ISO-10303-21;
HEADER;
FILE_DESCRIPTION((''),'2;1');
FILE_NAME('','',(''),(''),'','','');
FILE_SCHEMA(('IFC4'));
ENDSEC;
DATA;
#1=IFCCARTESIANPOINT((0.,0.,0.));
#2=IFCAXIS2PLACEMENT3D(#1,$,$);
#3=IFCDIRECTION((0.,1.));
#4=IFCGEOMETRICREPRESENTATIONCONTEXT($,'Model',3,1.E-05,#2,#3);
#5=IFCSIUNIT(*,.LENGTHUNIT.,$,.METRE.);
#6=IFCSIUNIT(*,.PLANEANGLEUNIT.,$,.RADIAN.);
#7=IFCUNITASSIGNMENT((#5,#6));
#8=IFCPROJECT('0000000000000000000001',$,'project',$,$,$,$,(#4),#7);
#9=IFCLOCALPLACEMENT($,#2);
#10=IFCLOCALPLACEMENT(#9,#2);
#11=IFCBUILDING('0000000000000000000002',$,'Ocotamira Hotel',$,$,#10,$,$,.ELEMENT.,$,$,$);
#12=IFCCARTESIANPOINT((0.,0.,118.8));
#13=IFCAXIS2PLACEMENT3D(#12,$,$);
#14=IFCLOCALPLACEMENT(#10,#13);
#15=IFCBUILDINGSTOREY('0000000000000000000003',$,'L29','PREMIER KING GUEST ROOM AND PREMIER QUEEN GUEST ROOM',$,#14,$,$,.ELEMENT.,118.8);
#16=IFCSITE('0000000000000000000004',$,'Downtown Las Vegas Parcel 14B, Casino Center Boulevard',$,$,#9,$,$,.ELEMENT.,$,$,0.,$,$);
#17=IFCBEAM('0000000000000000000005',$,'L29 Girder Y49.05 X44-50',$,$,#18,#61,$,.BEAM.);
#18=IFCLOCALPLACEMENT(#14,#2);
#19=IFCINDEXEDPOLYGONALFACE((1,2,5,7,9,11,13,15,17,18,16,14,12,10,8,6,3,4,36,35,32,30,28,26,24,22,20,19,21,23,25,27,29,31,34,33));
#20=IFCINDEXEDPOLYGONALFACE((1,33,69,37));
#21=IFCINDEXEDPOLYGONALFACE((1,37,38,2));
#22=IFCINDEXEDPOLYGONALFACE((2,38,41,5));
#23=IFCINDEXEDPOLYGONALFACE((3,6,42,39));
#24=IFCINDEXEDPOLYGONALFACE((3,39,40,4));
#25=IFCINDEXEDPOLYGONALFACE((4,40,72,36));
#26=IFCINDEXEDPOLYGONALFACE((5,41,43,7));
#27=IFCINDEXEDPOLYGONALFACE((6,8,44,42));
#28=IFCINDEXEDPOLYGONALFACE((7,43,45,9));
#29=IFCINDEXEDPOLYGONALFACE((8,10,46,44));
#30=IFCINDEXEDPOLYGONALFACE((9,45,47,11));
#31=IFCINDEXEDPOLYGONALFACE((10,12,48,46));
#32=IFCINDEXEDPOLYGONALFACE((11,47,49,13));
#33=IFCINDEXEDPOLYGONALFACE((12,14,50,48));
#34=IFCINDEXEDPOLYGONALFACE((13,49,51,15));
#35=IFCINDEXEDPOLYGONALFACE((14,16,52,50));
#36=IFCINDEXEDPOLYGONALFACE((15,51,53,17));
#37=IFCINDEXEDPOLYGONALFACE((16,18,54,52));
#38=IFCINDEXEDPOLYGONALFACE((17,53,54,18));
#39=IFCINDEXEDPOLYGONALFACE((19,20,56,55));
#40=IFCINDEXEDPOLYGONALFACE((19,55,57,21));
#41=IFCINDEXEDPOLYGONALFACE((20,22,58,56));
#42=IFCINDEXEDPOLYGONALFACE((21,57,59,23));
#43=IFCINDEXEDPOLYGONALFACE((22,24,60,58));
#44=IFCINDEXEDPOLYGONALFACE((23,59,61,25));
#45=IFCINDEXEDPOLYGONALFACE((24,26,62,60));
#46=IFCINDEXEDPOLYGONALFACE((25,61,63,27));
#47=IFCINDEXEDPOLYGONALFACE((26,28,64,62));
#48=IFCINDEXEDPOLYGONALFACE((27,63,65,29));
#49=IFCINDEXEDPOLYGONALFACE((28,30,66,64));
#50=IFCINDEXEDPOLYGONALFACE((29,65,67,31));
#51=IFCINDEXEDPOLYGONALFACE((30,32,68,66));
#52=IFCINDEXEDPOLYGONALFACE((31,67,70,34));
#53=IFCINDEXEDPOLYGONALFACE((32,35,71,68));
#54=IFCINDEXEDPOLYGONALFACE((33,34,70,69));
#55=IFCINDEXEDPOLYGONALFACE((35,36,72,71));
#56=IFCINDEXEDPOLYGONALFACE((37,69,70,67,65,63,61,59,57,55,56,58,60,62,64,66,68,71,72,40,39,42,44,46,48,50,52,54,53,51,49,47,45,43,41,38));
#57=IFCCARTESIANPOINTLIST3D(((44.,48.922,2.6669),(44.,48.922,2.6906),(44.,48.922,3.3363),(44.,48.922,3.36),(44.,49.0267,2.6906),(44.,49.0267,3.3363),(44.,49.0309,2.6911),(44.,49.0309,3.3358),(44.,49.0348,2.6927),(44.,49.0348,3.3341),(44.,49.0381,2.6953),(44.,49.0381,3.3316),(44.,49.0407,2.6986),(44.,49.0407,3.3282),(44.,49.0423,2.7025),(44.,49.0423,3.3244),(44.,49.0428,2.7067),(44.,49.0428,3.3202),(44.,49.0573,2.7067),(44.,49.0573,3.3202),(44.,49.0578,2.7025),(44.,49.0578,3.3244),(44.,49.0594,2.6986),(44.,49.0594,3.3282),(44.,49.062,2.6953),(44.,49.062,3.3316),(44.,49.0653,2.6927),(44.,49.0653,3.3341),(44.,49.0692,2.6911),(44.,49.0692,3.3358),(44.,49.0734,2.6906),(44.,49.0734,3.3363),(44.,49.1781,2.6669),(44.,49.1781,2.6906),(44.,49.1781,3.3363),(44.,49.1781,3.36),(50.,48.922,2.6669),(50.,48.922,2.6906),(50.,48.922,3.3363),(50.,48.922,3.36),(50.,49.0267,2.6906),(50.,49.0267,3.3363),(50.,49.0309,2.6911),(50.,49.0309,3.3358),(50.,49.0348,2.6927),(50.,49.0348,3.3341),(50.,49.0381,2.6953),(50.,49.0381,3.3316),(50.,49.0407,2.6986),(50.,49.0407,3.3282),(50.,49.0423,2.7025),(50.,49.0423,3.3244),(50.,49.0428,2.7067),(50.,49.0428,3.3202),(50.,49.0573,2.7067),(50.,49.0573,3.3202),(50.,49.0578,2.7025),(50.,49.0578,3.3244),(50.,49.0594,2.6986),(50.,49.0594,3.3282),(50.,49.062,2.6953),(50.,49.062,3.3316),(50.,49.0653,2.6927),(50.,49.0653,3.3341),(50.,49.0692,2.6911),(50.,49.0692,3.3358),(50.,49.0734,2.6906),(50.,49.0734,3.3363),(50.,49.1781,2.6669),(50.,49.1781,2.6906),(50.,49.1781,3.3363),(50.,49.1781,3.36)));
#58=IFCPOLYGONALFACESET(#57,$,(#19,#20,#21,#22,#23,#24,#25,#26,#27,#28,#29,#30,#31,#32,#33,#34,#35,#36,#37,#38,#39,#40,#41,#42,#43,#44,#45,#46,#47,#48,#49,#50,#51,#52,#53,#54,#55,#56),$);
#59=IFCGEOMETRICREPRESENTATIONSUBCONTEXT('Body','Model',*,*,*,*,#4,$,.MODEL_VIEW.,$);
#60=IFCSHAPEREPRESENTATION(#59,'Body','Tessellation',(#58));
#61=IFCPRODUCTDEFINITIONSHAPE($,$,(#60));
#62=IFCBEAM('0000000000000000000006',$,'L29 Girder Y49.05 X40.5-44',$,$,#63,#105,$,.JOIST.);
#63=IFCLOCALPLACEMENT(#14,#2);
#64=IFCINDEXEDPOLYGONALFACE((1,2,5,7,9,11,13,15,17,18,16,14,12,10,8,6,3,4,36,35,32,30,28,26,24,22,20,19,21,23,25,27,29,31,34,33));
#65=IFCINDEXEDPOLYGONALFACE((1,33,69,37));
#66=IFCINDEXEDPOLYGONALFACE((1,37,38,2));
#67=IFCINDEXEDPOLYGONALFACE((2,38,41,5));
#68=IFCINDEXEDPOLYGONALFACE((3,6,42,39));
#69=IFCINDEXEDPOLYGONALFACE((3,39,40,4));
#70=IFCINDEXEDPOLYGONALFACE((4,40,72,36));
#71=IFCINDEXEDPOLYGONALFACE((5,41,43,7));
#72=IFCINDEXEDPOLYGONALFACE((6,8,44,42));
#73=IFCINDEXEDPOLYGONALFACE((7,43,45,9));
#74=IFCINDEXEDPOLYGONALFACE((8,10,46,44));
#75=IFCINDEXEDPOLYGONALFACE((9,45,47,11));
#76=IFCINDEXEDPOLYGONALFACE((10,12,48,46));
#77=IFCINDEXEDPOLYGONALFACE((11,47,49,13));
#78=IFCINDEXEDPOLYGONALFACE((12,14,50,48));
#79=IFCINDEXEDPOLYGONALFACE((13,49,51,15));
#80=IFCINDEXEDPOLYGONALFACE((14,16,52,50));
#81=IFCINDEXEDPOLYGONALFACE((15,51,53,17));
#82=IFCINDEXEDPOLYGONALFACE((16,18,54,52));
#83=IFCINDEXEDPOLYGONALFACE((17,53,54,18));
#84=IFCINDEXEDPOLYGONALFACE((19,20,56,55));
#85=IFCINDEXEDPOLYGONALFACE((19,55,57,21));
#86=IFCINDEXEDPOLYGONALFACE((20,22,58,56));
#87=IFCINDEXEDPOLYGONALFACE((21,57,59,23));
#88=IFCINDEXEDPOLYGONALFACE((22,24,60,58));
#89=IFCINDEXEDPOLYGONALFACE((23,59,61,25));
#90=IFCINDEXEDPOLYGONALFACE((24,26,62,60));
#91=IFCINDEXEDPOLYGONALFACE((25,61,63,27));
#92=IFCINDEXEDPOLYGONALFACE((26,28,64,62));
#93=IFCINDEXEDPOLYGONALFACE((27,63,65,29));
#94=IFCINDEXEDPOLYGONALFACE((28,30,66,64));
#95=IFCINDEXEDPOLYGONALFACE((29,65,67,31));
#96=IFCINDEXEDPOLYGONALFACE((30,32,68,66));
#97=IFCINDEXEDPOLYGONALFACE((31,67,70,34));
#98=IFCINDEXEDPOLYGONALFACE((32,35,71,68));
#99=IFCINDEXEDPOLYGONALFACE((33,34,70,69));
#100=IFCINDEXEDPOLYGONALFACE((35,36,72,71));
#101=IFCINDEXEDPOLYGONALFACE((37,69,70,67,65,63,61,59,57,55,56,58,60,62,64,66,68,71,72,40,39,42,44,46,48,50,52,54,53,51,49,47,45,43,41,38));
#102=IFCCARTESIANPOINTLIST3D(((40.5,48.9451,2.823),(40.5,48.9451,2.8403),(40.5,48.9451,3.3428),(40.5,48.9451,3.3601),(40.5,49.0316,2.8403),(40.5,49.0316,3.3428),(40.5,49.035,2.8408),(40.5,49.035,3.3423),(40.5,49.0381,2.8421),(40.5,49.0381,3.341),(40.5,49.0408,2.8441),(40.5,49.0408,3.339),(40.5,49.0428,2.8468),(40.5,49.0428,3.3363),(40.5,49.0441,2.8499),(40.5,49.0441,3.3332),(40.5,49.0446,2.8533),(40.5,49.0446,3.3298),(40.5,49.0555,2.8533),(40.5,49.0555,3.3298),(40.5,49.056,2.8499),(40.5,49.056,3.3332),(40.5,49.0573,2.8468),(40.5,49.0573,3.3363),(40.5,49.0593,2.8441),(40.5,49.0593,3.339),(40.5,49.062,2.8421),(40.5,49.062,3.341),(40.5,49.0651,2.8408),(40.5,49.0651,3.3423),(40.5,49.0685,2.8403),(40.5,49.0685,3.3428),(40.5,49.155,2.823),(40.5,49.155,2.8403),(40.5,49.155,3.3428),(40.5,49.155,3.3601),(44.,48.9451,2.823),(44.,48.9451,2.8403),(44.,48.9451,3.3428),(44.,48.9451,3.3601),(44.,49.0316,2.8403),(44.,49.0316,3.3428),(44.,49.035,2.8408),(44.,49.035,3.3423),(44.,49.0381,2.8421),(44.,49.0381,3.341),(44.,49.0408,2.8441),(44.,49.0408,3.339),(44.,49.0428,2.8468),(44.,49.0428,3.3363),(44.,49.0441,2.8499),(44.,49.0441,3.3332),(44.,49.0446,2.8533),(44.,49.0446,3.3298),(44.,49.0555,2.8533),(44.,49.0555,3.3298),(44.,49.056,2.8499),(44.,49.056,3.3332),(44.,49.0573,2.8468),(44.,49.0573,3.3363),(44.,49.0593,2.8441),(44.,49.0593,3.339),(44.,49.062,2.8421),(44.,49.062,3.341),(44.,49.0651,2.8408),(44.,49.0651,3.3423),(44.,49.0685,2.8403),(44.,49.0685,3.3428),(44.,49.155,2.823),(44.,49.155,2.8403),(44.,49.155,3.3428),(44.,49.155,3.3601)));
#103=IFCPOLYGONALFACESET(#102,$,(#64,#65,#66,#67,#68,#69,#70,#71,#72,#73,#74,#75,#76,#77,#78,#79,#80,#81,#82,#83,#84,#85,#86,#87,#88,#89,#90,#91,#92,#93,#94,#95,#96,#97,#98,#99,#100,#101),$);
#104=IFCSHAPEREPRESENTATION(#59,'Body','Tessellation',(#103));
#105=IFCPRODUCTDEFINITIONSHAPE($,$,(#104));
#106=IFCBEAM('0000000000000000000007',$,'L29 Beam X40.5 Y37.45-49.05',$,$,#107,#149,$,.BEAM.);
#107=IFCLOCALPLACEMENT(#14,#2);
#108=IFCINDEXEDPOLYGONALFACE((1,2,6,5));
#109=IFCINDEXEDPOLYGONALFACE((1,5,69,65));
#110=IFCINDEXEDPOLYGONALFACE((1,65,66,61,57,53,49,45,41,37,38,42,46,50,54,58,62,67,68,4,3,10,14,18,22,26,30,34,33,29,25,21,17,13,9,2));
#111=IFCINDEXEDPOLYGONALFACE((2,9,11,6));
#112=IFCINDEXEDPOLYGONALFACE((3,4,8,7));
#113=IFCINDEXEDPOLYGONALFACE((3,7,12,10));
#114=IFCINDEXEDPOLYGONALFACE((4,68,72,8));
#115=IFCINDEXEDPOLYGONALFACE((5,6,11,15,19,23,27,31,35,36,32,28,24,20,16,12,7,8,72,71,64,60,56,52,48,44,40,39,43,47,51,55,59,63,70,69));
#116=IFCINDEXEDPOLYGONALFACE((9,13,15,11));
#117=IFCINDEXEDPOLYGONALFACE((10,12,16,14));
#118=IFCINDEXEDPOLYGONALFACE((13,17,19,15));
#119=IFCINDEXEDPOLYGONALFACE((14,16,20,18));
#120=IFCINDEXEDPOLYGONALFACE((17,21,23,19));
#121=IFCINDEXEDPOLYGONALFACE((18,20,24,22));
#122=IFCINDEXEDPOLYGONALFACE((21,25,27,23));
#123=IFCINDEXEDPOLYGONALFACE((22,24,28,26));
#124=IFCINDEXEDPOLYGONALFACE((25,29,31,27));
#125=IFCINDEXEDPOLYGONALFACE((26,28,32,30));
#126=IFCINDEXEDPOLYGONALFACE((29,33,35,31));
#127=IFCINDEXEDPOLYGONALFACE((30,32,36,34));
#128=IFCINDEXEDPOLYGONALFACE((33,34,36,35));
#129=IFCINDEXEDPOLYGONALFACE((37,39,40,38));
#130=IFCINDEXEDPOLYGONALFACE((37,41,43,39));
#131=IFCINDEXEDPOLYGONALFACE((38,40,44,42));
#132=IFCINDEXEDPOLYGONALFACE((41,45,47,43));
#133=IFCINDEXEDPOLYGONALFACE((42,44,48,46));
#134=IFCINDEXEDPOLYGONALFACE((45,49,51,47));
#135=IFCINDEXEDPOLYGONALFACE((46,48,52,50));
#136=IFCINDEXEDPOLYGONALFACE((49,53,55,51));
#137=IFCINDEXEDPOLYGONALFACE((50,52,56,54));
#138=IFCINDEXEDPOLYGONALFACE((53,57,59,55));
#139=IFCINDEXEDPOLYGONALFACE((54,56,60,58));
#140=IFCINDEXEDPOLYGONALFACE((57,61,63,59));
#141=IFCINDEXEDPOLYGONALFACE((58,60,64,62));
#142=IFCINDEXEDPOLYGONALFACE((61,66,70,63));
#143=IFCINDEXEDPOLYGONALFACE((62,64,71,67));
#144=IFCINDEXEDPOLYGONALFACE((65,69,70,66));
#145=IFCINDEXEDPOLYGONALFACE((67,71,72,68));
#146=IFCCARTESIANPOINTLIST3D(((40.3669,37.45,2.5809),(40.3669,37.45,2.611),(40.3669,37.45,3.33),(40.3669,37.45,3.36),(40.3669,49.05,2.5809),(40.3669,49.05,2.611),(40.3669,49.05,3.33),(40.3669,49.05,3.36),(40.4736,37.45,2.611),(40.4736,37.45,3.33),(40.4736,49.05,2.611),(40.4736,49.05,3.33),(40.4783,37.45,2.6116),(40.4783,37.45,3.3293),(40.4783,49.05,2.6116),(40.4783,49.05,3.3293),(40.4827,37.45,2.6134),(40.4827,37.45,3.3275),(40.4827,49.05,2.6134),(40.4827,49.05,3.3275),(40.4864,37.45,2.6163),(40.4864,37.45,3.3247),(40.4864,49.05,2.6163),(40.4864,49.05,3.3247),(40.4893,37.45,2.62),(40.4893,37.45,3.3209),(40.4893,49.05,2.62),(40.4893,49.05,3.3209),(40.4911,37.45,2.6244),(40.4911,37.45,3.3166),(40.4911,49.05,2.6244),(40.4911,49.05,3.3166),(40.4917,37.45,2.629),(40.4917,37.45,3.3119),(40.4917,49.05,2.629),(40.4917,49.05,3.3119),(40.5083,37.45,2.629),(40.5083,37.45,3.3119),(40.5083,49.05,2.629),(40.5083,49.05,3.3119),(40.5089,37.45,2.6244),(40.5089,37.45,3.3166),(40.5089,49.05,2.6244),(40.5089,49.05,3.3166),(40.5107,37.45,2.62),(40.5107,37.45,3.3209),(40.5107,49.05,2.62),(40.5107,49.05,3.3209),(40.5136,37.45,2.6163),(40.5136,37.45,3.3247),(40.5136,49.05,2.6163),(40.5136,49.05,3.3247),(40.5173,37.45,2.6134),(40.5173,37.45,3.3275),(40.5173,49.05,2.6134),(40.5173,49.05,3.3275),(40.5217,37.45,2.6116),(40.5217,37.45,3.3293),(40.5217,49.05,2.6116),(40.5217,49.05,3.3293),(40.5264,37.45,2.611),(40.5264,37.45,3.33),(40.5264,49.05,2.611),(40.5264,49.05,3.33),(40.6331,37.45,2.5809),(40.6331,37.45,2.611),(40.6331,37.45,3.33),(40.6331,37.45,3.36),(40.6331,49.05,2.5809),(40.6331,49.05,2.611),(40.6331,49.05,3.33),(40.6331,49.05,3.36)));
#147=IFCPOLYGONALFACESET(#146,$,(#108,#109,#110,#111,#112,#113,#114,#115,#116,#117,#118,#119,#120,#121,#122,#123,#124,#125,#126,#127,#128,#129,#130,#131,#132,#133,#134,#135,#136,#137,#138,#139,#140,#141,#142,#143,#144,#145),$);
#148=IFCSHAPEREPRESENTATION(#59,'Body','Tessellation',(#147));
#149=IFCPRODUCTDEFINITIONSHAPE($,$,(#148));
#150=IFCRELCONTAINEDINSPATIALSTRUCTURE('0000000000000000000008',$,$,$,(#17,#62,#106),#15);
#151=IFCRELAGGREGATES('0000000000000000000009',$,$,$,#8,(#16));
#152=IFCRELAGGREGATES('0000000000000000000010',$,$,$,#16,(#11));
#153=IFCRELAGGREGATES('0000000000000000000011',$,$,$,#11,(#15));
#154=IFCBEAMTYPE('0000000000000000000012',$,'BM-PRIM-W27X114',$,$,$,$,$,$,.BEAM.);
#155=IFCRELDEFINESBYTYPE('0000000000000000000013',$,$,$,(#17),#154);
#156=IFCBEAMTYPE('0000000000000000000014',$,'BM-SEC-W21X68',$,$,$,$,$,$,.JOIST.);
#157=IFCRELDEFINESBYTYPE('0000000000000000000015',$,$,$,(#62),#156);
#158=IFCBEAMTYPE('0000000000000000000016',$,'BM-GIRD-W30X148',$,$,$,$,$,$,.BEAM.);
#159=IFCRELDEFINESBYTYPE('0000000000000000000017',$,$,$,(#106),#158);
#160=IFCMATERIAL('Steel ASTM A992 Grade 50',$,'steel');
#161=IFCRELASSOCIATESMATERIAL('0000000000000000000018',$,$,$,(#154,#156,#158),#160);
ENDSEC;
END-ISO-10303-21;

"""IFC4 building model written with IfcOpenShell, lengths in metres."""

from ifc_helpers import new_model, si_unit, direction, frame, origin, origin_2d, place, context, subcontext, project, spatial, i_section, extrude, source, transform, mapped, material, material_profile, profile_set, type_object, element, save


model = new_model("IFC4")

# Units and contexts
model_context = context("Model", 3, precision=1e-05, world=origin(), true_north=direction((0.0, 1.0)))
body_context = subcontext(model_context, "Body", "Model", "MODEL_VIEW")
ifc_project = project(units=[si_unit("LENGTHUNIT", "METRE"), si_unit("PLANEANGLEUNIT", "RADIAN")], contexts=[model_context])

# Site, building, storey
site_placement = place(None, origin())
site = spatial("IfcSite", under=ifc_project, at=site_placement, Name="Downtown Las Vegas Parcel 14B, Casino Center Boulevard", CompositionType="ELEMENT", RefElevation=0.0)
building_placement = place(site_placement, origin())
building = spatial("IfcBuilding", under=site, at=building_placement, Name="Ocotamira Hotel", CompositionType="ELEMENT")
storey_placement = place(building_placement, frame((0.0, 0.0, 118.8)))
storey = spatial("IfcBuildingStorey", under=building, at=storey_placement, Name="L29", Description="PREMIER KING GUEST ROOM AND PREMIER QUEEN GUEST ROOM", CompositionType="ELEMENT", Elevation=118.8)

# Beams
ifc_material_1 = material(Name="Steel ASTM A992 Grade 50", Category="steel")
ifc_material_profile_1 = material_profile(ifc_material_1, i_section(OverallWidth=0.2561, OverallDepth=0.6931, WebThickness=0.0144, FlangeThickness=0.0237, FilletRadius=0.0161, at=origin_2d()), Name="W27X114")
ifc_profile_set_1 = profile_set([ifc_material_profile_1], Name="Steel ASTM A992 Grade 50")
beam_type_1 = type_object("IfcBeamType", Name="BM-PRIM-W27X114", PredefinedType="BEAM", material=ifc_profile_set_1)
shared_shape_1 = source(origin(), body_context, "Body", "SweptSolid", [
    extrude(i_section(OverallWidth=0.2561, OverallDepth=0.6931, WebThickness=0.0144, FlangeThickness=0.0237, FilletRadius=0.0161, at=origin_2d()), origin(), (0.0, 0.0, 1.0), 6.0),
])
beam_1_placement = place(storey_placement, frame((44.0, 49.05, 3.0134), z_axis=(1.0, 0.0, 0.0), x_axis=(0.0, 1.0, 0.0)))
element("IfcBeam", 1, at=beam_1_placement, inside=storey, type_object=beam_type_1, Name="L29 Girder Y49.05 X44-50", PredefinedType="BEAM", context=body_context, shape_type="MappedRepresentation", body=[
    mapped(shared_shape_1, transform((0.0, 0.0, 0.0), scale=1.0)),
])
ifc_material_profile_2 = material_profile(ifc_material_1, i_section(OverallWidth=0.21, OverallDepth=0.5371, WebThickness=0.011, FlangeThickness=0.0173, FilletRadius=0.0129, at=origin_2d()), Name="W21X68")
ifc_profile_set_2 = profile_set([ifc_material_profile_2], Name="Steel ASTM A992 Grade 50")
beam_type_2 = type_object("IfcBeamType", Name="BM-SEC-W21X68", PredefinedType="JOIST", material=ifc_profile_set_2)
shared_shape_2 = source(origin(), body_context, "Body", "SweptSolid", [
    extrude(i_section(OverallWidth=0.21, OverallDepth=0.5371, WebThickness=0.011, FlangeThickness=0.0173, FilletRadius=0.0129, at=origin_2d()), origin(), (0.0, 0.0, 1.0), 3.5),
])
beam_2_placement = place(storey_placement, frame((40.5, 49.05, 3.0916), z_axis=(1.0, 0.0, 0.0), x_axis=(0.0, 1.0, 0.0)))
element("IfcBeam", 2, at=beam_2_placement, inside=storey, type_object=beam_type_2, Name="L29 Girder Y49.05 X40.5-44", PredefinedType="JOIST", context=body_context, shape_type="MappedRepresentation", body=[
    mapped(shared_shape_2, transform((0.0, 0.0, 0.0), scale=1.0)),
])
ifc_material_profile_3 = material_profile(ifc_material_1, i_section(OverallWidth=0.2661, OverallDepth=0.7791, WebThickness=0.0166, FlangeThickness=0.03, FilletRadius=0.0181, at=origin_2d()), Name="W30X148")
ifc_profile_set_3 = profile_set([ifc_material_profile_3], Name="Steel ASTM A992 Grade 50")
beam_type_3 = type_object("IfcBeamType", Name="BM-GIRD-W30X148", PredefinedType="BEAM", material=ifc_profile_set_3)
shared_shape_3 = source(origin(), body_context, "Body", "SweptSolid", [
    extrude(i_section(OverallWidth=0.2661, OverallDepth=0.7791, WebThickness=0.0166, FlangeThickness=0.03, FilletRadius=0.0181, at=origin_2d()), origin(), (0.0, 0.0, 1.0), 11.6001),
])
beam_3_placement = place(storey_placement, frame((40.5, 37.45, 2.9705), z_axis=(0.0, 1.0, 0.0), x_axis=(-1.0, 0.0, 0.0)))
element("IfcBeam", 3, at=beam_3_placement, inside=storey, type_object=beam_type_3, Name="L29 Beam X40.5 Y37.45-49.05", PredefinedType="BEAM", context=body_context, shape_type="MappedRepresentation", body=[
    mapped(shared_shape_3, transform((0.0, 0.0, 0.0), scale=1.0)),
])

save(model, "model.ifc")
